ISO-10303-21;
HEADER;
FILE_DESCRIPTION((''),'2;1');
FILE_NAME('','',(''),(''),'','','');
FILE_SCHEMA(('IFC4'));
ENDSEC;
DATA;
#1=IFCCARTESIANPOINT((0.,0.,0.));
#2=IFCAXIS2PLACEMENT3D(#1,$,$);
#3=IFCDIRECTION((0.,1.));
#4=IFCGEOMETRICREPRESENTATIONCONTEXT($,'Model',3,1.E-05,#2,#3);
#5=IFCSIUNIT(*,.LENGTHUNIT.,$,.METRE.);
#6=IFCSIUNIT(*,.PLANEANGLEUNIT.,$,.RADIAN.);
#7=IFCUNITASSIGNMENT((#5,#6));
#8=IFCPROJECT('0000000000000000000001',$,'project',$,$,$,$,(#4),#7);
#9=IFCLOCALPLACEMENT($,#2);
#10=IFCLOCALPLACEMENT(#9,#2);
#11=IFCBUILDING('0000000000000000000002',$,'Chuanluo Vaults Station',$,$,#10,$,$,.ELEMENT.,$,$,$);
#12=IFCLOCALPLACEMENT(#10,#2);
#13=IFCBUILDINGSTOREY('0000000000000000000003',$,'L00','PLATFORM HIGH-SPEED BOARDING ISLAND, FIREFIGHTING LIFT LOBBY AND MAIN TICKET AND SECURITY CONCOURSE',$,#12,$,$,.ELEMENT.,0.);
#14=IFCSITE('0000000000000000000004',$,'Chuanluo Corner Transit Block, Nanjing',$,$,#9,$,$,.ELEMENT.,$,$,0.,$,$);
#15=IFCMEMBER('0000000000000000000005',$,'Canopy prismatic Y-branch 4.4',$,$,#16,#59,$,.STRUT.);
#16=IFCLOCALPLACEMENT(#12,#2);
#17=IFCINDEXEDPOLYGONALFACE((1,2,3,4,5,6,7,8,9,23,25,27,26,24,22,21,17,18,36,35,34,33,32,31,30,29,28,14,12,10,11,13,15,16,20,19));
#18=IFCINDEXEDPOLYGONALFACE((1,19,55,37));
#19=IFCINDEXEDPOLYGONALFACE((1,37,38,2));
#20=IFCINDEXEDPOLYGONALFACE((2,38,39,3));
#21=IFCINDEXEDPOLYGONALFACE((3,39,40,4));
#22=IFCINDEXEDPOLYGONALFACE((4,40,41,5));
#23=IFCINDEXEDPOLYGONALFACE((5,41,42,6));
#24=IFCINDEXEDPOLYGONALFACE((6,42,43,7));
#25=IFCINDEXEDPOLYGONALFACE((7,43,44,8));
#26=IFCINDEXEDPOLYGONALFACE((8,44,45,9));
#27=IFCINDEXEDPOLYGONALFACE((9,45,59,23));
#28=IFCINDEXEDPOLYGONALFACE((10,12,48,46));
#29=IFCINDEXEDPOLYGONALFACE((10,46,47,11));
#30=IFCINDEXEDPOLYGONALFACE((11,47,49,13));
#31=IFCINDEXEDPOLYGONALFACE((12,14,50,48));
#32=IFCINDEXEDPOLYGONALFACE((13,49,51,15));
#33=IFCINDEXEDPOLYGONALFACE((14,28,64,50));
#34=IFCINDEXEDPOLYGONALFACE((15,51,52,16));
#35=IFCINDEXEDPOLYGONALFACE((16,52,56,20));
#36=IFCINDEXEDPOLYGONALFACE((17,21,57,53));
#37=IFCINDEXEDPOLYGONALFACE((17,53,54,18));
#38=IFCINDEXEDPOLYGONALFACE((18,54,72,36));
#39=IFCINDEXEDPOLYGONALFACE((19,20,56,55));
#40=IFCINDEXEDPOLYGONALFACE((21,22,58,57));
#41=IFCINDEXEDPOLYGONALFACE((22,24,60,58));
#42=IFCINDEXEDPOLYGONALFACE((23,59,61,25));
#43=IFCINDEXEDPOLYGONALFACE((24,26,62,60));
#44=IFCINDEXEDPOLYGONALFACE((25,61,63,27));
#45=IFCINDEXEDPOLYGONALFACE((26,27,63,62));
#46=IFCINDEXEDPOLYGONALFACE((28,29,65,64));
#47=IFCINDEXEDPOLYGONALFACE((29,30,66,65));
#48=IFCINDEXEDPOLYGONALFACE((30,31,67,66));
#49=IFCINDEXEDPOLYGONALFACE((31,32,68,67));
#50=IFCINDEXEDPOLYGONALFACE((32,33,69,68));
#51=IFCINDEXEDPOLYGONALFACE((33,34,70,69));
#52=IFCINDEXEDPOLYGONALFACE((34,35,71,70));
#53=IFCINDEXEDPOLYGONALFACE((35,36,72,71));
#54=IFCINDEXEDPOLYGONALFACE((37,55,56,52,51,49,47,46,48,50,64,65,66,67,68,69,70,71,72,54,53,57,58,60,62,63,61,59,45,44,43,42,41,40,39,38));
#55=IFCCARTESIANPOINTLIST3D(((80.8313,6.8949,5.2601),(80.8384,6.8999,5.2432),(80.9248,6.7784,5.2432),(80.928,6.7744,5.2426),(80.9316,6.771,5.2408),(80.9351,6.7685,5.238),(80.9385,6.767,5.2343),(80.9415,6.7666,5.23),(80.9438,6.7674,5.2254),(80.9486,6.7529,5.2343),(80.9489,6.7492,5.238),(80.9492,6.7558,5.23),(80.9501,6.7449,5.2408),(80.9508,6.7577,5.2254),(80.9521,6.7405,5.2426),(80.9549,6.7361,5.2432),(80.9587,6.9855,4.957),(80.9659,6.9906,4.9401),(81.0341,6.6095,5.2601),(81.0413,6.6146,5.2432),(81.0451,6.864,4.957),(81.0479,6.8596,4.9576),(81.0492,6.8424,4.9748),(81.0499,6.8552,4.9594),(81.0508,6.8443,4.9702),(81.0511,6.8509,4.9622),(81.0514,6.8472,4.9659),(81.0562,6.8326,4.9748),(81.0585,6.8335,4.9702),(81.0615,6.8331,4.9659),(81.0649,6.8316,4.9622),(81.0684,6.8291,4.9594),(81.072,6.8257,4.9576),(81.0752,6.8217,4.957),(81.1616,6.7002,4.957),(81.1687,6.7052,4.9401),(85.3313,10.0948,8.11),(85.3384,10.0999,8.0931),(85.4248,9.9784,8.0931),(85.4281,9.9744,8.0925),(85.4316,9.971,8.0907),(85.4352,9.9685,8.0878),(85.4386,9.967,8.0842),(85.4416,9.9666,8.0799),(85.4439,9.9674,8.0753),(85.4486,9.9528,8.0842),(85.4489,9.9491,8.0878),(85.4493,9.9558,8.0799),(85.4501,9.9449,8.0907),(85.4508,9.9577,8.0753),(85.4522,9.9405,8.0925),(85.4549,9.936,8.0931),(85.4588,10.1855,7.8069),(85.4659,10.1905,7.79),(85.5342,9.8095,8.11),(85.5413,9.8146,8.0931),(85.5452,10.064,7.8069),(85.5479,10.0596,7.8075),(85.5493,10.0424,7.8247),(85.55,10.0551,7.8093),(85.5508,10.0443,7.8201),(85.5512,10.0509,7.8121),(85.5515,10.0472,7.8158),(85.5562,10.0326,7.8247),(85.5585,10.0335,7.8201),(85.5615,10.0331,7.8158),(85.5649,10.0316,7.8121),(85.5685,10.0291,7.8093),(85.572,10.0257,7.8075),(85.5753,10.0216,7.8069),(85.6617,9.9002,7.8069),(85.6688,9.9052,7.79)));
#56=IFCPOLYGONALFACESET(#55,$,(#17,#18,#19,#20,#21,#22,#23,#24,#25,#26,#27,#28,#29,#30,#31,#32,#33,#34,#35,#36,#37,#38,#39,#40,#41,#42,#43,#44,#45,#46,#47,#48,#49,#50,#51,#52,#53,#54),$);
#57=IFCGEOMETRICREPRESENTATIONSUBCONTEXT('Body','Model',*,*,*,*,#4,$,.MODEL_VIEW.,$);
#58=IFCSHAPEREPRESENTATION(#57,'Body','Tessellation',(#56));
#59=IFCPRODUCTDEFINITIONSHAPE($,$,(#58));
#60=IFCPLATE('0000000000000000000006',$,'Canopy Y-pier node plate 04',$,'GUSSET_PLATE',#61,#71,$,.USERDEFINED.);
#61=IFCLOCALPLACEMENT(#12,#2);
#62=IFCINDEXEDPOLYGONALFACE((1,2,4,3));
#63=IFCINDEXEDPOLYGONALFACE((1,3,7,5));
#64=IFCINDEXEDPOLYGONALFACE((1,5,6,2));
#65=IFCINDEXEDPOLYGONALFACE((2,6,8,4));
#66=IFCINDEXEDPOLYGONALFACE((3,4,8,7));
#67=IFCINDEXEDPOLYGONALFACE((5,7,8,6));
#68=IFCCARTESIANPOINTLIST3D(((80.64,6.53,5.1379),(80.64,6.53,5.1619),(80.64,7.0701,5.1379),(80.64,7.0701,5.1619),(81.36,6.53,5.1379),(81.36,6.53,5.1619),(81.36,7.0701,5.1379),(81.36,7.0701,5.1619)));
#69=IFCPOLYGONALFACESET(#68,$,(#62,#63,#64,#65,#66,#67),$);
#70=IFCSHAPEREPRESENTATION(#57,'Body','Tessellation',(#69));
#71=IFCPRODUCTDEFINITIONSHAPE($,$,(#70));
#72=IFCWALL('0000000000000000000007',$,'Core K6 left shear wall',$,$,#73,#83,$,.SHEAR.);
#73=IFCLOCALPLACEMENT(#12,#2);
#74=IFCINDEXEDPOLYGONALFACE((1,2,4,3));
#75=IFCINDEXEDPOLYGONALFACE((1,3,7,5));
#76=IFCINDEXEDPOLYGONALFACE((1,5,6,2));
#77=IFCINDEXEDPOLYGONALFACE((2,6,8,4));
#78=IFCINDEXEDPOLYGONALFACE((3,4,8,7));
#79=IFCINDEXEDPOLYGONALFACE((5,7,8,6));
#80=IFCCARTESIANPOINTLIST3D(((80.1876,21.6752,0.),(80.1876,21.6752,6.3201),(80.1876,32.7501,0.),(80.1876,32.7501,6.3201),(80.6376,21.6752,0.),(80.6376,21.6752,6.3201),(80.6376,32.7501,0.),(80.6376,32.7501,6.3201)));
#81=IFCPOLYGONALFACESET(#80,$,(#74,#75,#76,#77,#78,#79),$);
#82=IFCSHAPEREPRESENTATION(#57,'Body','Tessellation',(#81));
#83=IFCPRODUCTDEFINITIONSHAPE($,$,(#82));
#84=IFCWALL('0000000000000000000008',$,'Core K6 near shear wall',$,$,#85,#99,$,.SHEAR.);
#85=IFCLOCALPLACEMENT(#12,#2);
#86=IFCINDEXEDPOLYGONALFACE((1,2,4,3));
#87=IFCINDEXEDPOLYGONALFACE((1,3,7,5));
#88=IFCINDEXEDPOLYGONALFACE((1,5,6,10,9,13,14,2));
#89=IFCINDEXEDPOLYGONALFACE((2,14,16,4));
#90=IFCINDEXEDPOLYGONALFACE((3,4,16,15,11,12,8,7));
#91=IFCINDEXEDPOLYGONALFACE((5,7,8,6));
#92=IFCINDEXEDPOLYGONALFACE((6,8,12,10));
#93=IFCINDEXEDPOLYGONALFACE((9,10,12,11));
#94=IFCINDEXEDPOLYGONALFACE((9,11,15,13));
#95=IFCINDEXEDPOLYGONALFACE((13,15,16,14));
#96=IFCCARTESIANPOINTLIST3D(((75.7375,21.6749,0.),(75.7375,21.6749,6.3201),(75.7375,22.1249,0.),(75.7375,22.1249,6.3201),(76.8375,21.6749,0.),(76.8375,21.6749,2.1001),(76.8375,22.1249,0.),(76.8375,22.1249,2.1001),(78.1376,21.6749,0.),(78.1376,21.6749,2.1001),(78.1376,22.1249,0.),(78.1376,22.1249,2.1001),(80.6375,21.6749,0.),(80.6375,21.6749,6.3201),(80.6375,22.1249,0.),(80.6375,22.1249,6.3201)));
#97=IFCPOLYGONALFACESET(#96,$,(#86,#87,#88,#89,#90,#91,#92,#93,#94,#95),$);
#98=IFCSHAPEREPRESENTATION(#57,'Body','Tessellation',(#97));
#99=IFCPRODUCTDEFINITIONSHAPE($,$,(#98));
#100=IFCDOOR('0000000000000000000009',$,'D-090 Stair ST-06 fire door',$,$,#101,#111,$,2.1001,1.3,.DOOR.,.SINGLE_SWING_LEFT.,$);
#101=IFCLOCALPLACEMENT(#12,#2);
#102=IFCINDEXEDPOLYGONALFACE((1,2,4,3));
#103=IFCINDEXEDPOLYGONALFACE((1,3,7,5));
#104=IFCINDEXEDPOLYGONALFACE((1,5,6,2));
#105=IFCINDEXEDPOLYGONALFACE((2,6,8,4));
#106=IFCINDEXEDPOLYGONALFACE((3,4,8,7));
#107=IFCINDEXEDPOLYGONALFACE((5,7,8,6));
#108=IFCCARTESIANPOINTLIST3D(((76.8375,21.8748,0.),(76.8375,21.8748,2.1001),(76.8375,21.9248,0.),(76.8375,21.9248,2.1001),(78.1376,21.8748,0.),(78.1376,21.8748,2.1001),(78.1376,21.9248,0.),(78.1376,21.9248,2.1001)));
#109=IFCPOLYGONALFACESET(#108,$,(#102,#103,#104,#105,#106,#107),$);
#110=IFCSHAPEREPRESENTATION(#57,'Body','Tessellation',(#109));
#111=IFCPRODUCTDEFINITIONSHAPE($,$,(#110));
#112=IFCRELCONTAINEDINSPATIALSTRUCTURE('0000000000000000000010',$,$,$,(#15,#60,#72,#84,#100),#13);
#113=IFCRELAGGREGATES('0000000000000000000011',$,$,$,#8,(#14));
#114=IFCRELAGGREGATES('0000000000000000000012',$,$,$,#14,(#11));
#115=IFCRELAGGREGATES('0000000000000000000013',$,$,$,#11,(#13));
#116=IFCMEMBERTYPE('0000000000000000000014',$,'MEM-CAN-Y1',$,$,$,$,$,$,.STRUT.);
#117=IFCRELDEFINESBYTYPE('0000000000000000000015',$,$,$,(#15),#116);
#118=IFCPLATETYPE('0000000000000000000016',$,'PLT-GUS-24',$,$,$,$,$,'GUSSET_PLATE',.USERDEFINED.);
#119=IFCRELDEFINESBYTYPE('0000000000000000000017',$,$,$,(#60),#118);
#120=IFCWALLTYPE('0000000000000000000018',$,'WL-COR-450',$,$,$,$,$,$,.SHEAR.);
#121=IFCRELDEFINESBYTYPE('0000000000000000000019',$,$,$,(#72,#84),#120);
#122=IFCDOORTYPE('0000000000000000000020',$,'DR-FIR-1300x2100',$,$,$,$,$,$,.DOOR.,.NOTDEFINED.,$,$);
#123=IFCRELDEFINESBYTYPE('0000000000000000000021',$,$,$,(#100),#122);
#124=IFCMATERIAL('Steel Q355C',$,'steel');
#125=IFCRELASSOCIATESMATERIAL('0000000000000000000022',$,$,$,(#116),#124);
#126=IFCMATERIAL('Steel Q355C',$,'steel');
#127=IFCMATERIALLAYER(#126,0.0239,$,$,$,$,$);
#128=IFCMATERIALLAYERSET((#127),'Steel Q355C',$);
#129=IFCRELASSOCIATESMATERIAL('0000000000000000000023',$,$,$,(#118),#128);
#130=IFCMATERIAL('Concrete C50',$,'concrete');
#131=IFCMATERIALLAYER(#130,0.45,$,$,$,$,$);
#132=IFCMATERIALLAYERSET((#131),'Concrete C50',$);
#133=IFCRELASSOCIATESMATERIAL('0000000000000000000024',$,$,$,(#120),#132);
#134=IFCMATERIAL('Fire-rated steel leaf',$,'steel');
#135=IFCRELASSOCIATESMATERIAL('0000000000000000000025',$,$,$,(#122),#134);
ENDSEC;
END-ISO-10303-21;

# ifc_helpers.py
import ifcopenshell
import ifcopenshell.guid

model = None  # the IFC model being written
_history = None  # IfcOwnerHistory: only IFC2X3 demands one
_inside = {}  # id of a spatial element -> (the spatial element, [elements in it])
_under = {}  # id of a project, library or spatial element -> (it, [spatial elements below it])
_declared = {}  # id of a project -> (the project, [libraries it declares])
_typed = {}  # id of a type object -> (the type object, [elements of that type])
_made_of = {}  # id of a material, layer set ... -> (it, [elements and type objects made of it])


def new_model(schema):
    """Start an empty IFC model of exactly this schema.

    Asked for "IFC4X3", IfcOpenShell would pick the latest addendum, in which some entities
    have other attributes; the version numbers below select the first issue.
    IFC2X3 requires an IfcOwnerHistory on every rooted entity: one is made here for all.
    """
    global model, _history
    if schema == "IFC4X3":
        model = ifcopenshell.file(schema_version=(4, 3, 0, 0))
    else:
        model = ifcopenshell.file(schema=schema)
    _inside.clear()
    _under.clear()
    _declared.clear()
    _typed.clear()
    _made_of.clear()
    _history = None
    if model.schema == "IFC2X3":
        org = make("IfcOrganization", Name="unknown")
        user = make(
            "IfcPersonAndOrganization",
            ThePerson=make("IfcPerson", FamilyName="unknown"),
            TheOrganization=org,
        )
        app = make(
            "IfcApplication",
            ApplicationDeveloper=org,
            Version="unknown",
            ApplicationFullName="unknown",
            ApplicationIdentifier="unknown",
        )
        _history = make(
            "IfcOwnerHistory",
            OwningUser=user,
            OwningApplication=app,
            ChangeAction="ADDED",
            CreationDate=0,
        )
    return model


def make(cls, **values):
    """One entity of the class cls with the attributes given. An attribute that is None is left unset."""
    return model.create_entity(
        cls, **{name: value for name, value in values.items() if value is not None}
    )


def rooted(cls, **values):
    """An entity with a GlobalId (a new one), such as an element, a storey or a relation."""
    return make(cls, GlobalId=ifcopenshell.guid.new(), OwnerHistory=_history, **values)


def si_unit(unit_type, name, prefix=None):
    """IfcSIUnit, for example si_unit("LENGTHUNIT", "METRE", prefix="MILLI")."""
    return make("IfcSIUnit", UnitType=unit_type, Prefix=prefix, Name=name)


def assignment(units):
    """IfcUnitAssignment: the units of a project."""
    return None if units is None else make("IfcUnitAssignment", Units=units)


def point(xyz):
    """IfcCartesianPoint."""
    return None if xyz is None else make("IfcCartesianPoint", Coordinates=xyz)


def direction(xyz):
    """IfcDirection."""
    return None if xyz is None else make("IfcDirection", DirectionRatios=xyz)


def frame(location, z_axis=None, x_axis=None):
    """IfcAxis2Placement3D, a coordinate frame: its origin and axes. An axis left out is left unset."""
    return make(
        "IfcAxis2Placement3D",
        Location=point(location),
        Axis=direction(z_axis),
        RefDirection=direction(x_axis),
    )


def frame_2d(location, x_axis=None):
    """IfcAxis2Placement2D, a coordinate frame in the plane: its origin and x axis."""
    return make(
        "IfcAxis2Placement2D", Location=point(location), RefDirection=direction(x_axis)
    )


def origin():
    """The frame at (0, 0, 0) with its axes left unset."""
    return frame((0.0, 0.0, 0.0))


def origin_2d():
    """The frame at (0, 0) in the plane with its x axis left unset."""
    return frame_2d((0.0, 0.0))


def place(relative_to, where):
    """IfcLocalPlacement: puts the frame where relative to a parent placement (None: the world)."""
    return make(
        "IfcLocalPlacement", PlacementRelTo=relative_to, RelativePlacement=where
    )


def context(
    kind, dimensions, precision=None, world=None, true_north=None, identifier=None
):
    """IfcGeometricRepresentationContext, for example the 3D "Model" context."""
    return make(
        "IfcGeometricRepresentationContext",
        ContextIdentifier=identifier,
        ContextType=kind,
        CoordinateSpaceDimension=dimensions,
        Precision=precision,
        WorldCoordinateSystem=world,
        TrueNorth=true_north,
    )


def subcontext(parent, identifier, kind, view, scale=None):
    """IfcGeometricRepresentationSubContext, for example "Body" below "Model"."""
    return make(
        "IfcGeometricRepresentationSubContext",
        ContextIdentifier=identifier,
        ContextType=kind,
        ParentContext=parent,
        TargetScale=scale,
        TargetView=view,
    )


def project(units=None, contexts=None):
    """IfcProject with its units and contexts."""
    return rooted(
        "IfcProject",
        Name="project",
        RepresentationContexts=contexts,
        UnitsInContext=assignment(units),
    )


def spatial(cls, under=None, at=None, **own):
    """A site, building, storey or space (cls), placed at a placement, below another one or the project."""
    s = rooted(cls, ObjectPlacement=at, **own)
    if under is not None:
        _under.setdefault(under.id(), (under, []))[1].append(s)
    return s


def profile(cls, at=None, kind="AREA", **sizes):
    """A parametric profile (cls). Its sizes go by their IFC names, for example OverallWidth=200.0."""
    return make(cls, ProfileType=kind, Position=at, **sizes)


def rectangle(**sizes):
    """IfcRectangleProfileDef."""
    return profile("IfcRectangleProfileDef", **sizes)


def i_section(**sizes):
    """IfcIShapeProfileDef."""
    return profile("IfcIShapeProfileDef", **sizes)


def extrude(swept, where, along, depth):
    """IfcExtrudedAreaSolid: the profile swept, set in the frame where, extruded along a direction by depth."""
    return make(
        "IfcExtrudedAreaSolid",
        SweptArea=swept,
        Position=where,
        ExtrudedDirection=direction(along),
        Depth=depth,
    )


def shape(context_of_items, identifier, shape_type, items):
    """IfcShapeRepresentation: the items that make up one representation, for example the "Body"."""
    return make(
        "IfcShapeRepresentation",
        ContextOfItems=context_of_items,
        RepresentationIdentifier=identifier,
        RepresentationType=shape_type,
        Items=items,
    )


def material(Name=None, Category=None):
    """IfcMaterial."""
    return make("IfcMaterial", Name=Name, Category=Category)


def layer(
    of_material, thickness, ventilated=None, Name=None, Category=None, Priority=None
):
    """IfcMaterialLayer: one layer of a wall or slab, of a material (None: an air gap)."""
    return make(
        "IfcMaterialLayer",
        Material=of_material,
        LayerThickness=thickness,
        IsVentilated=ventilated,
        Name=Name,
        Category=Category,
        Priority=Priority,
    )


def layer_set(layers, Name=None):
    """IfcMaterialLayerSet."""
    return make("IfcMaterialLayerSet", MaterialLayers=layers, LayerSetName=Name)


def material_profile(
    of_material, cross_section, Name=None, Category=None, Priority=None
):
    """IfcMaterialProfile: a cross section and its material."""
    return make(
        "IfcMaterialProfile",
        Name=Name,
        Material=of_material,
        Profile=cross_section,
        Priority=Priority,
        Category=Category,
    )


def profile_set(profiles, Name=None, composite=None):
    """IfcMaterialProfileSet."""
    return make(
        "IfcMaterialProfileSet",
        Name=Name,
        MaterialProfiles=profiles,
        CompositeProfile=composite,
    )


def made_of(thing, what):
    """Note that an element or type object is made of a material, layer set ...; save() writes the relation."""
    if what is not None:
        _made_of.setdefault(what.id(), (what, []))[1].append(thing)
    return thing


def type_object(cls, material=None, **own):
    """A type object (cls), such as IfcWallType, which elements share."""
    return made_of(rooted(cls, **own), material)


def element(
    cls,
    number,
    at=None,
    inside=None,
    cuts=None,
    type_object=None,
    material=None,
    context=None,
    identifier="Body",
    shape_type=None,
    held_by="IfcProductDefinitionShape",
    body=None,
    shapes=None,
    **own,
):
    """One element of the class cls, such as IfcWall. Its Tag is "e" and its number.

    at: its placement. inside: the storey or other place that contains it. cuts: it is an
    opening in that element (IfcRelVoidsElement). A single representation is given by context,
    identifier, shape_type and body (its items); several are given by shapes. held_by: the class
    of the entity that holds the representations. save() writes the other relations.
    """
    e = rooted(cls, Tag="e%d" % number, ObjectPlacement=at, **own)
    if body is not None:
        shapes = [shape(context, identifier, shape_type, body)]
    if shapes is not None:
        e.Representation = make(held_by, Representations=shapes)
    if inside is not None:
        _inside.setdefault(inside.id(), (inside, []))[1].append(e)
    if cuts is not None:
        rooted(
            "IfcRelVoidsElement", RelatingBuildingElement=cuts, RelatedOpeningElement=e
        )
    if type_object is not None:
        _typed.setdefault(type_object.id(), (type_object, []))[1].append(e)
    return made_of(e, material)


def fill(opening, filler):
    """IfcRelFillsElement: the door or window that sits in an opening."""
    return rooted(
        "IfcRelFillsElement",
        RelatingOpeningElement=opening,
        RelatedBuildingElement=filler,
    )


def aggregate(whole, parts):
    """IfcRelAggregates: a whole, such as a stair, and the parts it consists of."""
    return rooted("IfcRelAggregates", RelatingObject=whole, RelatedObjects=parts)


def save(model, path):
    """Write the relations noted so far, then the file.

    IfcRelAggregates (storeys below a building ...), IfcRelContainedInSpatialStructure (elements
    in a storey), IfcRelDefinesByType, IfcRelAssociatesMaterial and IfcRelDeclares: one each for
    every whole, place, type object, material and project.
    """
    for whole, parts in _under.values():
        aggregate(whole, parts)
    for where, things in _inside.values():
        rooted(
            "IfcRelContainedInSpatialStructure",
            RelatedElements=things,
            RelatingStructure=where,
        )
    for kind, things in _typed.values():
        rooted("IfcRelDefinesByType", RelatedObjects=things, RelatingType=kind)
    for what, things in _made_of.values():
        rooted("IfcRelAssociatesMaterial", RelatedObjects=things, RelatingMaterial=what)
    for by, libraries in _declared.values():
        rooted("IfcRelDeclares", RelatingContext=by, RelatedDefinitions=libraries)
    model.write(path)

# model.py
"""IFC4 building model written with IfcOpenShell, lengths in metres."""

from ifc_helpers import new_model, si_unit, direction, frame, frame_2d, origin, origin_2d, place, context, subcontext, project, spatial, rectangle, i_section, extrude, material, layer, layer_set, material_profile, profile_set, type_object, element, fill, save


model = new_model("IFC4")

# Units and contexts
model_context = context("Model", 3, precision=1e-05, world=origin(), true_north=direction((0.0, 1.0)))
body_context = subcontext(model_context, "Body", "Model", "MODEL_VIEW")
ifc_project = project(units=[si_unit("LENGTHUNIT", "METRE"), si_unit("PLANEANGLEUNIT", "RADIAN")], contexts=[model_context])

# Site, building, storey
site_placement = place(None, origin())
site = spatial("IfcSite", under=ifc_project, at=site_placement, Name="Chuanluo Corner Transit Block, Nanjing", CompositionType="ELEMENT", RefElevation=0.0)
building_placement = place(site_placement, origin())
building = spatial("IfcBuilding", under=site, at=building_placement, Name="Chuanluo Vaults Station", CompositionType="ELEMENT")
storey_placement = place(building_placement, origin())
storey = spatial("IfcBuildingStorey", under=building, at=storey_placement, Name="L00", Description="PLATFORM HIGH-SPEED BOARDING ISLAND, FIREFIGHTING LIFT LOBBY AND MAIN TICKET AND SECURITY CONCOURSE", CompositionType="ELEMENT", Elevation=0.0)

# Member
ifc_material_1 = material(Name="Steel Q355C", Category="steel")
ifc_material_profile_1 = material_profile(ifc_material_1, i_section(OverallWidth=0.3501, OverallDepth=0.3601, WebThickness=0.012, FlangeThickness=0.019, FilletRadius=0.02, at=origin_2d()))
ifc_profile_set_1 = profile_set([ifc_material_profile_1], Name="Steel Q355C")
member_type = type_object("IfcMemberType", Name="MEM-CAN-Y1", PredefinedType="STRUT", material=ifc_profile_set_1)
for number, where, z_axis, x_axis, name in (
    (1, (81.0, 6.8, 5.1001), (0.724194, 0.514975, 0.458633), (-0.579518, 0.81496, 0.0), "Canopy prismatic Y-branch 4.4"),
):
    element("IfcMember", number, at=place(storey_placement, frame(where, z_axis=z_axis, x_axis=x_axis)), inside=storey, type_object=member_type, Name=name, PredefinedType="STRUT", context=body_context, shape_type="SweptSolid", body=[
        extrude(i_section(OverallWidth=0.3501, OverallDepth=0.3601, WebThickness=0.012, FlangeThickness=0.019, FilletRadius=0.02, at=origin_2d()), origin(), (0.0, 0.0, 1.0), 6.2139),
    ])

# Plate
ifc_material_2 = material(Name="Steel Q355C", Category="steel")
ifc_layer_1 = layer(ifc_material_2, 0.0239)
ifc_layer_set_1 = layer_set([ifc_layer_1], Name="Steel Q355C")
plate_type = type_object("IfcPlateType", Name="PLT-GUS-24", ElementType="GUSSET_PLATE", PredefinedType="USERDEFINED", material=ifc_layer_set_1)
plate_placement = place(storey_placement, frame((81.0, 6.8, 5.1379), z_axis=(0.0, 0.0, 1.0), x_axis=(1.0, 0.0, 0.0)))
element("IfcPlate", 2, at=plate_placement, inside=storey, type_object=plate_type, Name="Canopy Y-pier node plate 04", ObjectType="GUSSET_PLATE", PredefinedType="USERDEFINED", context=body_context, shape_type="SweptSolid", body=[
    extrude(rectangle(XDim=0.72, YDim=0.54, at=origin_2d()), origin(), (0.0, 0.0, 1.0), 0.0239),
])

# Wall
ifc_material_3 = material(Name="Concrete C50", Category="concrete")
ifc_layer_2 = layer(ifc_material_3, 0.45)
ifc_layer_set_2 = layer_set([ifc_layer_2], Name="Concrete C50")
wall_type_1 = type_object("IfcWallType", Name="WL-COR-450", PredefinedType="SHEAR", material=ifc_layer_set_2)
wall_1_placement = place(storey_placement, frame((80.4126, 21.675, 0.0), z_axis=(0.0, 0.0, 1.0), x_axis=(0.0, 1.0, 0.0)))
element("IfcWall", 3, at=wall_1_placement, inside=storey, type_object=wall_type_1, Name="Core K6 left shear wall", PredefinedType="SHEAR", context=body_context, shape_type="SweptSolid", body=[
    extrude(rectangle(XDim=11.075, YDim=0.45, at=frame_2d((5.5376, 0.0))), origin(), (0.0, 0.0, 1.0), 6.3201),
])

# Wall, opening, door
wall_2_placement = place(storey_placement, frame((75.7375, 21.8999, 0.0), z_axis=(0.0, 0.0, 1.0), x_axis=(1.0, 0.0, 0.0)))
wall_2 = element("IfcWall", 4, at=wall_2_placement, inside=storey, type_object=wall_type_1, Name="Core K6 near shear wall", PredefinedType="SHEAR", context=body_context, shape_type="SweptSolid", body=[
    extrude(rectangle(XDim=4.8999, YDim=0.45, at=frame_2d((2.45, 0.0))), origin(), (0.0, 0.0, 1.0), 6.3201),
])
opening_1_placement = place(wall_2_placement, frame((1.1001, 0.0, 0.0)))
opening_1 = element("IfcOpeningElement", 5, at=opening_1_placement, cuts=wall_2, PredefinedType="OPENING", context=body_context, shape_type="SweptSolid", body=[
    extrude(rectangle(XDim=1.3, YDim=2.1001, at=frame_2d((0.6499, 1.05))), frame((0.0, 0.2351, 0.0), z_axis=(0.0, -1.0, 0.0), x_axis=(1.0, 0.0, 0.0)), (0.0, 0.0, 1.0), 0.4699),
])
ifc_material_4 = material(Name="Fire-rated steel leaf", Category="steel")
door_type_1 = type_object("IfcDoorType", Name="DR-FIR-1300x2100", OperationType="NOTDEFINED", PredefinedType="DOOR", material=ifc_material_4)
door_1_placement = place(opening_1_placement, origin())
door_1 = element("IfcDoor", 6, at=door_1_placement, inside=storey, type_object=door_type_1, Name="D-090 Stair ST-06 fire door", OperationType="SINGLE_SWING_LEFT", OverallHeight=2.1001, OverallWidth=1.3, PredefinedType="DOOR", context=body_context, shape_type="SweptSolid", body=[
    extrude(rectangle(XDim=1.3, YDim=2.1001, at=frame_2d((0.6499, 1.05))), frame((0.0, 0.0249, 0.0), z_axis=(0.0, -1.0, 0.0), x_axis=(1.0, 0.0, 0.0)), (0.0, 0.0, 1.0), 0.05),
])
fill(opening_1, door_1)

save(model, "model.ifc")
